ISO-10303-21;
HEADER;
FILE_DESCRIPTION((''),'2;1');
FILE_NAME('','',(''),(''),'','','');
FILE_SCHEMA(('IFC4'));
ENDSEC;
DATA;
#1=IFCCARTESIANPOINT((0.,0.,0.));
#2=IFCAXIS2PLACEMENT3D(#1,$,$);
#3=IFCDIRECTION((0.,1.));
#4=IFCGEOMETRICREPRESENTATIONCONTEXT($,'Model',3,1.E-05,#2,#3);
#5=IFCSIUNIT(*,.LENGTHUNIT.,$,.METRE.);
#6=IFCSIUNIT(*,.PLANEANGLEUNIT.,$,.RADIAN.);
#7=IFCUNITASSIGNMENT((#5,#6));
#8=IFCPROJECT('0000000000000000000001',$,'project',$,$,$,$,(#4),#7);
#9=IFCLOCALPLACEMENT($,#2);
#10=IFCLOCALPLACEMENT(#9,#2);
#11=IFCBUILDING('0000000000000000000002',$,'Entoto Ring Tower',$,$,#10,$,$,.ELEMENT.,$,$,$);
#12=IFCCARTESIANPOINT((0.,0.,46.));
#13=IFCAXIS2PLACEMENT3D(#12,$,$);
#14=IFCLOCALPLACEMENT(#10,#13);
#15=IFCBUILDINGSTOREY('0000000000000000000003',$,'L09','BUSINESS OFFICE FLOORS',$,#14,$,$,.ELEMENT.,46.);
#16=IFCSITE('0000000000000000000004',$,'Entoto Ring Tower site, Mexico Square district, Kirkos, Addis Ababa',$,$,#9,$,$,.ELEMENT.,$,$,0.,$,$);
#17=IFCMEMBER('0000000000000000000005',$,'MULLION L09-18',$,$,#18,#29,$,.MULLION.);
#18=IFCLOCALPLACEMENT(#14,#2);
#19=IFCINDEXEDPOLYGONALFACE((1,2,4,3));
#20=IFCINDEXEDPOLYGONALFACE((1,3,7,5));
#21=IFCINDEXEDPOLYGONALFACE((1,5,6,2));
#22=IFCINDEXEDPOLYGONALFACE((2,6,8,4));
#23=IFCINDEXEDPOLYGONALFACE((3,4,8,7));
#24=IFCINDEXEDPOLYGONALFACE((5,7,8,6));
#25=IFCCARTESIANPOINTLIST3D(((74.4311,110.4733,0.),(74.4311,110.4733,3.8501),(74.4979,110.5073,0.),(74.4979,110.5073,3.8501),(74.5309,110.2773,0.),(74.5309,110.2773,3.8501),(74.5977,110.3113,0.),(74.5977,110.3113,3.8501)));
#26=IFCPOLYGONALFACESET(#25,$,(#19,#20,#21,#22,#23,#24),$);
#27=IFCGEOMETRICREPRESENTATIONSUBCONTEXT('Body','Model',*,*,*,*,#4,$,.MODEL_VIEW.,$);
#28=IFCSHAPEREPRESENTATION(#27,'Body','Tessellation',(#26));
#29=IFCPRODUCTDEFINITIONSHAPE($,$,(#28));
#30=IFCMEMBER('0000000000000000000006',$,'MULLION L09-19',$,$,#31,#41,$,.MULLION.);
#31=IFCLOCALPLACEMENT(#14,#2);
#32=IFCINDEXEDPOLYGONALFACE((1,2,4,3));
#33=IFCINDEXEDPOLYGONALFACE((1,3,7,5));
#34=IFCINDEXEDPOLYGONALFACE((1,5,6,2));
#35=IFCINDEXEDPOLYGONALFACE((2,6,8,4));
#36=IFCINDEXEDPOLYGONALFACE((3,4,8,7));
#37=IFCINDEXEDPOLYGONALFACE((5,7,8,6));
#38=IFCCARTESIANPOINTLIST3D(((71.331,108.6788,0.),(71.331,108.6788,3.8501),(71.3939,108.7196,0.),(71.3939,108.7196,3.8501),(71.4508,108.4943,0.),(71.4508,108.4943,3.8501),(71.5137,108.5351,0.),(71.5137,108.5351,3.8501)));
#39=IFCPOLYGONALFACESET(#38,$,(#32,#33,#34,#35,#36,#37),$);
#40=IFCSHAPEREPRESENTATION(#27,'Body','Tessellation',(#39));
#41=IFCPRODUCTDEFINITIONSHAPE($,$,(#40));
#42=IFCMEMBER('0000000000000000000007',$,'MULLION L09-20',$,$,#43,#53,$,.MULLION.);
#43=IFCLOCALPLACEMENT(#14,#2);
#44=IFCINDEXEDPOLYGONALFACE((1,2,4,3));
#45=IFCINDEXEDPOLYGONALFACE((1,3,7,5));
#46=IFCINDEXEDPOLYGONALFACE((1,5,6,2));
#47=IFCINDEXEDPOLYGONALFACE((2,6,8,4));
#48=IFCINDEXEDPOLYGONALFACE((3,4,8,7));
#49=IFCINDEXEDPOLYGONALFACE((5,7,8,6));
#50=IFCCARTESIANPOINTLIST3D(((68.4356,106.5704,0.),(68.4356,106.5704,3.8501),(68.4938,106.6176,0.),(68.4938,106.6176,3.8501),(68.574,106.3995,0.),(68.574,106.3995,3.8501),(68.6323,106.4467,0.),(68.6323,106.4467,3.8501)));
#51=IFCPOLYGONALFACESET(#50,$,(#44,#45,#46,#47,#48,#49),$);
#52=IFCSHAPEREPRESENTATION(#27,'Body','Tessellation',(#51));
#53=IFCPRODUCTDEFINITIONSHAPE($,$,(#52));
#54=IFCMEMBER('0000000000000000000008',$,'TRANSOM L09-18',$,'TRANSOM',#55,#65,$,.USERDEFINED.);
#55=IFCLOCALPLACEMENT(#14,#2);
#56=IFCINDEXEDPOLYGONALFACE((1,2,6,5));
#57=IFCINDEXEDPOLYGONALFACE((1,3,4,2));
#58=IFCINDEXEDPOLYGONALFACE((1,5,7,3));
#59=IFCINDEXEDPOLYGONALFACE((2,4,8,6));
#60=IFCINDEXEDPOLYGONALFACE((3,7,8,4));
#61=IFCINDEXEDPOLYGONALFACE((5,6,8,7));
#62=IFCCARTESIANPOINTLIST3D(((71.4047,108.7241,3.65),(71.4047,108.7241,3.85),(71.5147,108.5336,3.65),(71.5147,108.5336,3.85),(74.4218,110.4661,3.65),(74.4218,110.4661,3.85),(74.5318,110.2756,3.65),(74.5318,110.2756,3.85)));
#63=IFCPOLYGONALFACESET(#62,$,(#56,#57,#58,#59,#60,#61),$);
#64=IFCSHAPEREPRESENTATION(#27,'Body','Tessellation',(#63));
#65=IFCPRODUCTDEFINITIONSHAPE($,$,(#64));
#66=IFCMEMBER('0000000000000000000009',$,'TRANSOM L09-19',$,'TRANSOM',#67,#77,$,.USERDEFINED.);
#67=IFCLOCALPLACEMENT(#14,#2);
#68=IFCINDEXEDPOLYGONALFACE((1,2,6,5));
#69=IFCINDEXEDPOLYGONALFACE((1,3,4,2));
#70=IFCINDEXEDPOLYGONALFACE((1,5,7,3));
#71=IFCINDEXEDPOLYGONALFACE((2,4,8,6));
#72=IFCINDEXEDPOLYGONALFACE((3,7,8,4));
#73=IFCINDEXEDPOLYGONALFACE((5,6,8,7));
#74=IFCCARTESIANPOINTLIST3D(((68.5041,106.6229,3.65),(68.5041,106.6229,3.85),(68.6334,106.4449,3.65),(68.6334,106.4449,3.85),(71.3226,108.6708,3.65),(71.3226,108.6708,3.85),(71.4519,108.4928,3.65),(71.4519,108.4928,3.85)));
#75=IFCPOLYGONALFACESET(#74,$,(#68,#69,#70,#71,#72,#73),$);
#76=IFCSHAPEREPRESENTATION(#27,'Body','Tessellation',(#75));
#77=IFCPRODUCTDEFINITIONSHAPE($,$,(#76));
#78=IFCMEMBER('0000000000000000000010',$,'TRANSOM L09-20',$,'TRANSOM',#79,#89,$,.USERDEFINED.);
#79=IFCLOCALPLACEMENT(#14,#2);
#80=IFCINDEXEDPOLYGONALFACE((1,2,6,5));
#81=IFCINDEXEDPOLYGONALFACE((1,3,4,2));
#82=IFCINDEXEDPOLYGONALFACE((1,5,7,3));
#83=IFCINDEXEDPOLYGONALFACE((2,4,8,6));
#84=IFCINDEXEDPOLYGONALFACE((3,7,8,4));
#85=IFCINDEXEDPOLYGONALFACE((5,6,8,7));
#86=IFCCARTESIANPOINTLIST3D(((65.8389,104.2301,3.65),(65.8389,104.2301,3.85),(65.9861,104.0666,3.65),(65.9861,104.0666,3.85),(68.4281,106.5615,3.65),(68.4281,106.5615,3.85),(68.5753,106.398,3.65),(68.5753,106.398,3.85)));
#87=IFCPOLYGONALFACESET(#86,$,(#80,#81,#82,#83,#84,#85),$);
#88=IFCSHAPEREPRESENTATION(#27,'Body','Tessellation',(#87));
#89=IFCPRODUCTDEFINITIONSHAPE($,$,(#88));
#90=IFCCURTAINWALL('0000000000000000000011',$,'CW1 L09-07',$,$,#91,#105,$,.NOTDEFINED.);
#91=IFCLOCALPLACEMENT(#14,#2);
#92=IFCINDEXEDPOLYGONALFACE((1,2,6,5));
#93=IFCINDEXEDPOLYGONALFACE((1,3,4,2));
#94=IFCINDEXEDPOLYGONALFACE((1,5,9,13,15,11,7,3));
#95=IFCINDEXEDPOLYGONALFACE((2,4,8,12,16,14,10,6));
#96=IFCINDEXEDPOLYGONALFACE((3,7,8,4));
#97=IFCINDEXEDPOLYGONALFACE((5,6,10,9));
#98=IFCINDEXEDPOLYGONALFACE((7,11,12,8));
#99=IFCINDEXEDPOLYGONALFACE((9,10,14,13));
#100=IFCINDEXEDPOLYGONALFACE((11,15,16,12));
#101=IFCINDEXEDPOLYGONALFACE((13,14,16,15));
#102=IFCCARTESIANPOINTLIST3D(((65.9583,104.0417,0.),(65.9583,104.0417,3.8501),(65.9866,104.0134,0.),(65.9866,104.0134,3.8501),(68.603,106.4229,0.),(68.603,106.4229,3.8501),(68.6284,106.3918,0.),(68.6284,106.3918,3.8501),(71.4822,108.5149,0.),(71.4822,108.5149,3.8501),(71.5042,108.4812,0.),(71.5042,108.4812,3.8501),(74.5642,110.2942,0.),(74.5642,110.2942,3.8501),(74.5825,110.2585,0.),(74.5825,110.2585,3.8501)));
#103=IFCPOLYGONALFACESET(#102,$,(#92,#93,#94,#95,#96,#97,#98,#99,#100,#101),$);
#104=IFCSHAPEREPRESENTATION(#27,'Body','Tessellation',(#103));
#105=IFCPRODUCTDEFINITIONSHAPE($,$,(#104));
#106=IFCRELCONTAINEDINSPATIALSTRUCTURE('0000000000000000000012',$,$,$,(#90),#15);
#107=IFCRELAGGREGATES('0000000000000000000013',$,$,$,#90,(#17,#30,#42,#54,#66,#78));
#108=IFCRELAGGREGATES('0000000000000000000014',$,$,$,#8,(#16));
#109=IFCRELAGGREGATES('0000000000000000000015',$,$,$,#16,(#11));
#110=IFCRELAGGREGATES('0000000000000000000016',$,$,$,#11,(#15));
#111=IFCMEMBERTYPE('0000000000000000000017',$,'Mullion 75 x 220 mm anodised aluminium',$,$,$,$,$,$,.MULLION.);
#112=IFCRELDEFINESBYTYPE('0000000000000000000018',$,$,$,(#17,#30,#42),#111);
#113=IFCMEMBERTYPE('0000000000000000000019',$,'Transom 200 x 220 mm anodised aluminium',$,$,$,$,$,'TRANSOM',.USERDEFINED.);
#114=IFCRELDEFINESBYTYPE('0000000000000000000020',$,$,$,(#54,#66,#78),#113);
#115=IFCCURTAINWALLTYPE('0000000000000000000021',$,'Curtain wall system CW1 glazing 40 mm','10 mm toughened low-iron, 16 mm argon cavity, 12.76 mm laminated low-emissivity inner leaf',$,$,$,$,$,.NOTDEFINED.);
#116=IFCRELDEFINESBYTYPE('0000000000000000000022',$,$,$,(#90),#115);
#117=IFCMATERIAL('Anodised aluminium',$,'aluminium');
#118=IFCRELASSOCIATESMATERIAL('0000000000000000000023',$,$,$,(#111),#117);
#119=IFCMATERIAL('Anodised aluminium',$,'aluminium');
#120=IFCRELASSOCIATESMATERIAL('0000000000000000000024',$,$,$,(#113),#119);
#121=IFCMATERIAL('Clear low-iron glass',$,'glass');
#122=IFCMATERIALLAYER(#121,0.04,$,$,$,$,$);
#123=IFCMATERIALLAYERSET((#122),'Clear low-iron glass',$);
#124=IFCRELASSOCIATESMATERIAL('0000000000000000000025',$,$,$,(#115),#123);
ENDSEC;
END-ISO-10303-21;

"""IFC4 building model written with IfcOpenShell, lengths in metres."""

from ifc_helpers import new_model, si_unit, direction, frame, origin, origin_2d, place, context, subcontext, project, spatial, polyline, rectangle, outline, extrude, material, layer, layer_set, material_profile, profile_set, type_object, element, aggregate, save


model = new_model("IFC4")

# Units and contexts
model_context = context("Model", 3, precision=1e-05, world=origin(), true_north=direction((0.0, 1.0)))
body_context = subcontext(model_context, "Body", "Model", "MODEL_VIEW")
ifc_project = project(units=[si_unit("LENGTHUNIT", "METRE"), si_unit("PLANEANGLEUNIT", "RADIAN")], contexts=[model_context])

# Members
ifc_material_1 = material(Name="Anodised aluminium", Category="aluminium")
ifc_material_profile_1 = material_profile(ifc_material_1, rectangle(XDim=0.075, YDim=0.22, at=origin_2d()), Name="Mullion 75 x 220 mm anodised aluminium")
ifc_profile_set_1 = profile_set([ifc_material_profile_1], Name="Anodised aluminium")
member_type_1 = type_object("IfcMemberType", Name="Mullion 75 x 220 mm anodised aluminium", PredefinedType="MULLION", material=ifc_profile_set_1)
site_placement = place(None, origin())
building_placement = place(site_placement, origin())
storey_placement = place(building_placement, frame((0.0, 0.0, 46.0)))
member_1_placement = place(storey_placement, frame((74.5144, 110.3923, 0.0), z_axis=(0.0, 0.0, 1.0), x_axis=(-0.891007, -0.45399, 0.0)))
member_1 = element("IfcMember", 1, at=member_1_placement, type_object=member_type_1, Name="MULLION L09-18", PredefinedType="MULLION", context=body_context, shape_type="SweptSolid", body=[
    extrude(rectangle(XDim=0.075, YDim=0.22, at=origin_2d()), origin(), (0.0, 0.0, 1.0), 3.8501),
])
member_2_placement = place(storey_placement, frame((71.4224, 108.6069, 0.0), z_axis=(0.0, 0.0, 1.0), x_axis=(-0.838671, -0.544639, 0.0)))
member_2 = element("IfcMember", 2, at=member_2_placement, type_object=member_type_1, Name="MULLION L09-19", PredefinedType="MULLION", context=body_context, shape_type="SweptSolid", body=[
    extrude(rectangle(XDim=0.075, YDim=0.22, at=origin_2d()), origin(), (0.0, 0.0, 1.0), 3.8501),
])
member_3_placement = place(storey_placement, frame((68.5339, 106.5085, 0.0), z_axis=(0.0, 0.0, 1.0), x_axis=(-0.777146, -0.62932, 0.0)))
member_3 = element("IfcMember", 3, at=member_3_placement, type_object=member_type_1, Name="MULLION L09-20", PredefinedType="MULLION", context=body_context, shape_type="SweptSolid", body=[
    extrude(rectangle(XDim=0.075, YDim=0.22, at=origin_2d()), origin(), (0.0, 0.0, 1.0), 3.8501),
])
ifc_material_2 = material(Name="Anodised aluminium", Category="aluminium")
ifc_material_profile_2 = material_profile(ifc_material_2, rectangle(XDim=0.22, YDim=0.2, at=origin_2d()), Name="Transom 200 x 220 mm anodised aluminium")
ifc_profile_set_2 = profile_set([ifc_material_profile_2], Name="Anodised aluminium")
member_type_2 = type_object("IfcMemberType", Name="Transom 200 x 220 mm anodised aluminium", ElementType="TRANSOM", PredefinedType="USERDEFINED", material=ifc_profile_set_2)
member_4_placement = place(storey_placement, frame((74.4768, 110.3708, 3.75), z_axis=(-0.866022, -0.500006, 0.0), x_axis=(0.500006, -0.866022, 0.0)))
member_4 = element("IfcMember", 4, at=member_4_placement, type_object=member_type_2, Name="TRANSOM L09-18", ObjectType="TRANSOM", PredefinedType="USERDEFINED", context=body_context, shape_type="SweptSolid", body=[
    extrude(rectangle(XDim=0.22, YDim=0.2, at=origin_2d()), origin(), (0.0, 0.0, 1.0), 3.4839),
])
member_5_placement = place(storey_placement, frame((71.3872, 108.5818, 3.75), z_axis=(-0.808991, -0.587822, 0.0), x_axis=(0.587822, -0.808991, 0.0)))
member_5 = element("IfcMember", 5, at=member_5_placement, type_object=member_type_2, Name="TRANSOM L09-19", ObjectType="TRANSOM", PredefinedType="USERDEFINED", context=body_context, shape_type="SweptSolid", body=[
    extrude(rectangle(XDim=0.22, YDim=0.2, at=origin_2d()), origin(), (0.0, 0.0, 1.0), 3.4839),
])
member_6_placement = place(storey_placement, frame((68.5017, 106.4797, 3.75), z_axis=(-0.743137, -0.669139, 0.0), x_axis=(0.669139, -0.743137, 0.0)))
member_6 = element("IfcMember", 6, at=member_6_placement, type_object=member_type_2, Name="TRANSOM L09-20", ObjectType="TRANSOM", PredefinedType="USERDEFINED", context=body_context, shape_type="SweptSolid", body=[
    extrude(rectangle(XDim=0.22, YDim=0.2, at=origin_2d()), origin(), (0.0, 0.0, 1.0), 3.4841),
])

# Site, building, storey
site = spatial("IfcSite", under=ifc_project, at=site_placement, Name="Entoto Ring Tower site, Mexico Square district, Kirkos, Addis Ababa", CompositionType="ELEMENT", RefElevation=0.0)
building = spatial("IfcBuilding", under=site, at=building_placement, Name="Entoto Ring Tower", CompositionType="ELEMENT")
storey = spatial("IfcBuildingStorey", under=building, at=storey_placement, Name="L09", Description="BUSINESS OFFICE FLOORS", CompositionType="ELEMENT", Elevation=46.0)

# Curtain wall
ifc_material_3 = material(Name="Clear low-iron glass", Category="glass")
ifc_layer = layer(ifc_material_3, 0.04)
ifc_layer_set = layer_set([ifc_layer], Name="Clear low-iron glass")
curtain_wall_type = type_object("IfcCurtainWallType", Name="Curtain wall system CW1 glazing 40 mm", Description="10 mm toughened low-iron, 16 mm argon cavity, 12.76 mm laminated low-emissivity inner leaf", PredefinedType="NOTDEFINED", material=ifc_layer_set)
curtain_wall_1_placement = place(storey_placement, origin())
curtain_wall_1 = element("IfcCurtainWall", 7, at=curtain_wall_1_placement, inside=storey, type_object=curtain_wall_type, Name="CW1 L09-07", PredefinedType="NOTDEFINED", context=body_context, shape_type="SweptSolid", body=[
    extrude(outline(polyline([(74.5642, 110.2942), (71.4822, 108.5149), (68.603, 106.4229), (65.9583, 104.0417), (65.9866, 104.0134), (68.6284, 106.3918), (71.5042, 108.4812), (74.5825, 110.2585), (74.5642, 110.2942)])), origin(), (0.0, 0.0, 1.0), 3.8501),
])
aggregate(curtain_wall_1, [member_1, member_2, member_3, member_4, member_5, member_6])

save(model, "model.ifc")
